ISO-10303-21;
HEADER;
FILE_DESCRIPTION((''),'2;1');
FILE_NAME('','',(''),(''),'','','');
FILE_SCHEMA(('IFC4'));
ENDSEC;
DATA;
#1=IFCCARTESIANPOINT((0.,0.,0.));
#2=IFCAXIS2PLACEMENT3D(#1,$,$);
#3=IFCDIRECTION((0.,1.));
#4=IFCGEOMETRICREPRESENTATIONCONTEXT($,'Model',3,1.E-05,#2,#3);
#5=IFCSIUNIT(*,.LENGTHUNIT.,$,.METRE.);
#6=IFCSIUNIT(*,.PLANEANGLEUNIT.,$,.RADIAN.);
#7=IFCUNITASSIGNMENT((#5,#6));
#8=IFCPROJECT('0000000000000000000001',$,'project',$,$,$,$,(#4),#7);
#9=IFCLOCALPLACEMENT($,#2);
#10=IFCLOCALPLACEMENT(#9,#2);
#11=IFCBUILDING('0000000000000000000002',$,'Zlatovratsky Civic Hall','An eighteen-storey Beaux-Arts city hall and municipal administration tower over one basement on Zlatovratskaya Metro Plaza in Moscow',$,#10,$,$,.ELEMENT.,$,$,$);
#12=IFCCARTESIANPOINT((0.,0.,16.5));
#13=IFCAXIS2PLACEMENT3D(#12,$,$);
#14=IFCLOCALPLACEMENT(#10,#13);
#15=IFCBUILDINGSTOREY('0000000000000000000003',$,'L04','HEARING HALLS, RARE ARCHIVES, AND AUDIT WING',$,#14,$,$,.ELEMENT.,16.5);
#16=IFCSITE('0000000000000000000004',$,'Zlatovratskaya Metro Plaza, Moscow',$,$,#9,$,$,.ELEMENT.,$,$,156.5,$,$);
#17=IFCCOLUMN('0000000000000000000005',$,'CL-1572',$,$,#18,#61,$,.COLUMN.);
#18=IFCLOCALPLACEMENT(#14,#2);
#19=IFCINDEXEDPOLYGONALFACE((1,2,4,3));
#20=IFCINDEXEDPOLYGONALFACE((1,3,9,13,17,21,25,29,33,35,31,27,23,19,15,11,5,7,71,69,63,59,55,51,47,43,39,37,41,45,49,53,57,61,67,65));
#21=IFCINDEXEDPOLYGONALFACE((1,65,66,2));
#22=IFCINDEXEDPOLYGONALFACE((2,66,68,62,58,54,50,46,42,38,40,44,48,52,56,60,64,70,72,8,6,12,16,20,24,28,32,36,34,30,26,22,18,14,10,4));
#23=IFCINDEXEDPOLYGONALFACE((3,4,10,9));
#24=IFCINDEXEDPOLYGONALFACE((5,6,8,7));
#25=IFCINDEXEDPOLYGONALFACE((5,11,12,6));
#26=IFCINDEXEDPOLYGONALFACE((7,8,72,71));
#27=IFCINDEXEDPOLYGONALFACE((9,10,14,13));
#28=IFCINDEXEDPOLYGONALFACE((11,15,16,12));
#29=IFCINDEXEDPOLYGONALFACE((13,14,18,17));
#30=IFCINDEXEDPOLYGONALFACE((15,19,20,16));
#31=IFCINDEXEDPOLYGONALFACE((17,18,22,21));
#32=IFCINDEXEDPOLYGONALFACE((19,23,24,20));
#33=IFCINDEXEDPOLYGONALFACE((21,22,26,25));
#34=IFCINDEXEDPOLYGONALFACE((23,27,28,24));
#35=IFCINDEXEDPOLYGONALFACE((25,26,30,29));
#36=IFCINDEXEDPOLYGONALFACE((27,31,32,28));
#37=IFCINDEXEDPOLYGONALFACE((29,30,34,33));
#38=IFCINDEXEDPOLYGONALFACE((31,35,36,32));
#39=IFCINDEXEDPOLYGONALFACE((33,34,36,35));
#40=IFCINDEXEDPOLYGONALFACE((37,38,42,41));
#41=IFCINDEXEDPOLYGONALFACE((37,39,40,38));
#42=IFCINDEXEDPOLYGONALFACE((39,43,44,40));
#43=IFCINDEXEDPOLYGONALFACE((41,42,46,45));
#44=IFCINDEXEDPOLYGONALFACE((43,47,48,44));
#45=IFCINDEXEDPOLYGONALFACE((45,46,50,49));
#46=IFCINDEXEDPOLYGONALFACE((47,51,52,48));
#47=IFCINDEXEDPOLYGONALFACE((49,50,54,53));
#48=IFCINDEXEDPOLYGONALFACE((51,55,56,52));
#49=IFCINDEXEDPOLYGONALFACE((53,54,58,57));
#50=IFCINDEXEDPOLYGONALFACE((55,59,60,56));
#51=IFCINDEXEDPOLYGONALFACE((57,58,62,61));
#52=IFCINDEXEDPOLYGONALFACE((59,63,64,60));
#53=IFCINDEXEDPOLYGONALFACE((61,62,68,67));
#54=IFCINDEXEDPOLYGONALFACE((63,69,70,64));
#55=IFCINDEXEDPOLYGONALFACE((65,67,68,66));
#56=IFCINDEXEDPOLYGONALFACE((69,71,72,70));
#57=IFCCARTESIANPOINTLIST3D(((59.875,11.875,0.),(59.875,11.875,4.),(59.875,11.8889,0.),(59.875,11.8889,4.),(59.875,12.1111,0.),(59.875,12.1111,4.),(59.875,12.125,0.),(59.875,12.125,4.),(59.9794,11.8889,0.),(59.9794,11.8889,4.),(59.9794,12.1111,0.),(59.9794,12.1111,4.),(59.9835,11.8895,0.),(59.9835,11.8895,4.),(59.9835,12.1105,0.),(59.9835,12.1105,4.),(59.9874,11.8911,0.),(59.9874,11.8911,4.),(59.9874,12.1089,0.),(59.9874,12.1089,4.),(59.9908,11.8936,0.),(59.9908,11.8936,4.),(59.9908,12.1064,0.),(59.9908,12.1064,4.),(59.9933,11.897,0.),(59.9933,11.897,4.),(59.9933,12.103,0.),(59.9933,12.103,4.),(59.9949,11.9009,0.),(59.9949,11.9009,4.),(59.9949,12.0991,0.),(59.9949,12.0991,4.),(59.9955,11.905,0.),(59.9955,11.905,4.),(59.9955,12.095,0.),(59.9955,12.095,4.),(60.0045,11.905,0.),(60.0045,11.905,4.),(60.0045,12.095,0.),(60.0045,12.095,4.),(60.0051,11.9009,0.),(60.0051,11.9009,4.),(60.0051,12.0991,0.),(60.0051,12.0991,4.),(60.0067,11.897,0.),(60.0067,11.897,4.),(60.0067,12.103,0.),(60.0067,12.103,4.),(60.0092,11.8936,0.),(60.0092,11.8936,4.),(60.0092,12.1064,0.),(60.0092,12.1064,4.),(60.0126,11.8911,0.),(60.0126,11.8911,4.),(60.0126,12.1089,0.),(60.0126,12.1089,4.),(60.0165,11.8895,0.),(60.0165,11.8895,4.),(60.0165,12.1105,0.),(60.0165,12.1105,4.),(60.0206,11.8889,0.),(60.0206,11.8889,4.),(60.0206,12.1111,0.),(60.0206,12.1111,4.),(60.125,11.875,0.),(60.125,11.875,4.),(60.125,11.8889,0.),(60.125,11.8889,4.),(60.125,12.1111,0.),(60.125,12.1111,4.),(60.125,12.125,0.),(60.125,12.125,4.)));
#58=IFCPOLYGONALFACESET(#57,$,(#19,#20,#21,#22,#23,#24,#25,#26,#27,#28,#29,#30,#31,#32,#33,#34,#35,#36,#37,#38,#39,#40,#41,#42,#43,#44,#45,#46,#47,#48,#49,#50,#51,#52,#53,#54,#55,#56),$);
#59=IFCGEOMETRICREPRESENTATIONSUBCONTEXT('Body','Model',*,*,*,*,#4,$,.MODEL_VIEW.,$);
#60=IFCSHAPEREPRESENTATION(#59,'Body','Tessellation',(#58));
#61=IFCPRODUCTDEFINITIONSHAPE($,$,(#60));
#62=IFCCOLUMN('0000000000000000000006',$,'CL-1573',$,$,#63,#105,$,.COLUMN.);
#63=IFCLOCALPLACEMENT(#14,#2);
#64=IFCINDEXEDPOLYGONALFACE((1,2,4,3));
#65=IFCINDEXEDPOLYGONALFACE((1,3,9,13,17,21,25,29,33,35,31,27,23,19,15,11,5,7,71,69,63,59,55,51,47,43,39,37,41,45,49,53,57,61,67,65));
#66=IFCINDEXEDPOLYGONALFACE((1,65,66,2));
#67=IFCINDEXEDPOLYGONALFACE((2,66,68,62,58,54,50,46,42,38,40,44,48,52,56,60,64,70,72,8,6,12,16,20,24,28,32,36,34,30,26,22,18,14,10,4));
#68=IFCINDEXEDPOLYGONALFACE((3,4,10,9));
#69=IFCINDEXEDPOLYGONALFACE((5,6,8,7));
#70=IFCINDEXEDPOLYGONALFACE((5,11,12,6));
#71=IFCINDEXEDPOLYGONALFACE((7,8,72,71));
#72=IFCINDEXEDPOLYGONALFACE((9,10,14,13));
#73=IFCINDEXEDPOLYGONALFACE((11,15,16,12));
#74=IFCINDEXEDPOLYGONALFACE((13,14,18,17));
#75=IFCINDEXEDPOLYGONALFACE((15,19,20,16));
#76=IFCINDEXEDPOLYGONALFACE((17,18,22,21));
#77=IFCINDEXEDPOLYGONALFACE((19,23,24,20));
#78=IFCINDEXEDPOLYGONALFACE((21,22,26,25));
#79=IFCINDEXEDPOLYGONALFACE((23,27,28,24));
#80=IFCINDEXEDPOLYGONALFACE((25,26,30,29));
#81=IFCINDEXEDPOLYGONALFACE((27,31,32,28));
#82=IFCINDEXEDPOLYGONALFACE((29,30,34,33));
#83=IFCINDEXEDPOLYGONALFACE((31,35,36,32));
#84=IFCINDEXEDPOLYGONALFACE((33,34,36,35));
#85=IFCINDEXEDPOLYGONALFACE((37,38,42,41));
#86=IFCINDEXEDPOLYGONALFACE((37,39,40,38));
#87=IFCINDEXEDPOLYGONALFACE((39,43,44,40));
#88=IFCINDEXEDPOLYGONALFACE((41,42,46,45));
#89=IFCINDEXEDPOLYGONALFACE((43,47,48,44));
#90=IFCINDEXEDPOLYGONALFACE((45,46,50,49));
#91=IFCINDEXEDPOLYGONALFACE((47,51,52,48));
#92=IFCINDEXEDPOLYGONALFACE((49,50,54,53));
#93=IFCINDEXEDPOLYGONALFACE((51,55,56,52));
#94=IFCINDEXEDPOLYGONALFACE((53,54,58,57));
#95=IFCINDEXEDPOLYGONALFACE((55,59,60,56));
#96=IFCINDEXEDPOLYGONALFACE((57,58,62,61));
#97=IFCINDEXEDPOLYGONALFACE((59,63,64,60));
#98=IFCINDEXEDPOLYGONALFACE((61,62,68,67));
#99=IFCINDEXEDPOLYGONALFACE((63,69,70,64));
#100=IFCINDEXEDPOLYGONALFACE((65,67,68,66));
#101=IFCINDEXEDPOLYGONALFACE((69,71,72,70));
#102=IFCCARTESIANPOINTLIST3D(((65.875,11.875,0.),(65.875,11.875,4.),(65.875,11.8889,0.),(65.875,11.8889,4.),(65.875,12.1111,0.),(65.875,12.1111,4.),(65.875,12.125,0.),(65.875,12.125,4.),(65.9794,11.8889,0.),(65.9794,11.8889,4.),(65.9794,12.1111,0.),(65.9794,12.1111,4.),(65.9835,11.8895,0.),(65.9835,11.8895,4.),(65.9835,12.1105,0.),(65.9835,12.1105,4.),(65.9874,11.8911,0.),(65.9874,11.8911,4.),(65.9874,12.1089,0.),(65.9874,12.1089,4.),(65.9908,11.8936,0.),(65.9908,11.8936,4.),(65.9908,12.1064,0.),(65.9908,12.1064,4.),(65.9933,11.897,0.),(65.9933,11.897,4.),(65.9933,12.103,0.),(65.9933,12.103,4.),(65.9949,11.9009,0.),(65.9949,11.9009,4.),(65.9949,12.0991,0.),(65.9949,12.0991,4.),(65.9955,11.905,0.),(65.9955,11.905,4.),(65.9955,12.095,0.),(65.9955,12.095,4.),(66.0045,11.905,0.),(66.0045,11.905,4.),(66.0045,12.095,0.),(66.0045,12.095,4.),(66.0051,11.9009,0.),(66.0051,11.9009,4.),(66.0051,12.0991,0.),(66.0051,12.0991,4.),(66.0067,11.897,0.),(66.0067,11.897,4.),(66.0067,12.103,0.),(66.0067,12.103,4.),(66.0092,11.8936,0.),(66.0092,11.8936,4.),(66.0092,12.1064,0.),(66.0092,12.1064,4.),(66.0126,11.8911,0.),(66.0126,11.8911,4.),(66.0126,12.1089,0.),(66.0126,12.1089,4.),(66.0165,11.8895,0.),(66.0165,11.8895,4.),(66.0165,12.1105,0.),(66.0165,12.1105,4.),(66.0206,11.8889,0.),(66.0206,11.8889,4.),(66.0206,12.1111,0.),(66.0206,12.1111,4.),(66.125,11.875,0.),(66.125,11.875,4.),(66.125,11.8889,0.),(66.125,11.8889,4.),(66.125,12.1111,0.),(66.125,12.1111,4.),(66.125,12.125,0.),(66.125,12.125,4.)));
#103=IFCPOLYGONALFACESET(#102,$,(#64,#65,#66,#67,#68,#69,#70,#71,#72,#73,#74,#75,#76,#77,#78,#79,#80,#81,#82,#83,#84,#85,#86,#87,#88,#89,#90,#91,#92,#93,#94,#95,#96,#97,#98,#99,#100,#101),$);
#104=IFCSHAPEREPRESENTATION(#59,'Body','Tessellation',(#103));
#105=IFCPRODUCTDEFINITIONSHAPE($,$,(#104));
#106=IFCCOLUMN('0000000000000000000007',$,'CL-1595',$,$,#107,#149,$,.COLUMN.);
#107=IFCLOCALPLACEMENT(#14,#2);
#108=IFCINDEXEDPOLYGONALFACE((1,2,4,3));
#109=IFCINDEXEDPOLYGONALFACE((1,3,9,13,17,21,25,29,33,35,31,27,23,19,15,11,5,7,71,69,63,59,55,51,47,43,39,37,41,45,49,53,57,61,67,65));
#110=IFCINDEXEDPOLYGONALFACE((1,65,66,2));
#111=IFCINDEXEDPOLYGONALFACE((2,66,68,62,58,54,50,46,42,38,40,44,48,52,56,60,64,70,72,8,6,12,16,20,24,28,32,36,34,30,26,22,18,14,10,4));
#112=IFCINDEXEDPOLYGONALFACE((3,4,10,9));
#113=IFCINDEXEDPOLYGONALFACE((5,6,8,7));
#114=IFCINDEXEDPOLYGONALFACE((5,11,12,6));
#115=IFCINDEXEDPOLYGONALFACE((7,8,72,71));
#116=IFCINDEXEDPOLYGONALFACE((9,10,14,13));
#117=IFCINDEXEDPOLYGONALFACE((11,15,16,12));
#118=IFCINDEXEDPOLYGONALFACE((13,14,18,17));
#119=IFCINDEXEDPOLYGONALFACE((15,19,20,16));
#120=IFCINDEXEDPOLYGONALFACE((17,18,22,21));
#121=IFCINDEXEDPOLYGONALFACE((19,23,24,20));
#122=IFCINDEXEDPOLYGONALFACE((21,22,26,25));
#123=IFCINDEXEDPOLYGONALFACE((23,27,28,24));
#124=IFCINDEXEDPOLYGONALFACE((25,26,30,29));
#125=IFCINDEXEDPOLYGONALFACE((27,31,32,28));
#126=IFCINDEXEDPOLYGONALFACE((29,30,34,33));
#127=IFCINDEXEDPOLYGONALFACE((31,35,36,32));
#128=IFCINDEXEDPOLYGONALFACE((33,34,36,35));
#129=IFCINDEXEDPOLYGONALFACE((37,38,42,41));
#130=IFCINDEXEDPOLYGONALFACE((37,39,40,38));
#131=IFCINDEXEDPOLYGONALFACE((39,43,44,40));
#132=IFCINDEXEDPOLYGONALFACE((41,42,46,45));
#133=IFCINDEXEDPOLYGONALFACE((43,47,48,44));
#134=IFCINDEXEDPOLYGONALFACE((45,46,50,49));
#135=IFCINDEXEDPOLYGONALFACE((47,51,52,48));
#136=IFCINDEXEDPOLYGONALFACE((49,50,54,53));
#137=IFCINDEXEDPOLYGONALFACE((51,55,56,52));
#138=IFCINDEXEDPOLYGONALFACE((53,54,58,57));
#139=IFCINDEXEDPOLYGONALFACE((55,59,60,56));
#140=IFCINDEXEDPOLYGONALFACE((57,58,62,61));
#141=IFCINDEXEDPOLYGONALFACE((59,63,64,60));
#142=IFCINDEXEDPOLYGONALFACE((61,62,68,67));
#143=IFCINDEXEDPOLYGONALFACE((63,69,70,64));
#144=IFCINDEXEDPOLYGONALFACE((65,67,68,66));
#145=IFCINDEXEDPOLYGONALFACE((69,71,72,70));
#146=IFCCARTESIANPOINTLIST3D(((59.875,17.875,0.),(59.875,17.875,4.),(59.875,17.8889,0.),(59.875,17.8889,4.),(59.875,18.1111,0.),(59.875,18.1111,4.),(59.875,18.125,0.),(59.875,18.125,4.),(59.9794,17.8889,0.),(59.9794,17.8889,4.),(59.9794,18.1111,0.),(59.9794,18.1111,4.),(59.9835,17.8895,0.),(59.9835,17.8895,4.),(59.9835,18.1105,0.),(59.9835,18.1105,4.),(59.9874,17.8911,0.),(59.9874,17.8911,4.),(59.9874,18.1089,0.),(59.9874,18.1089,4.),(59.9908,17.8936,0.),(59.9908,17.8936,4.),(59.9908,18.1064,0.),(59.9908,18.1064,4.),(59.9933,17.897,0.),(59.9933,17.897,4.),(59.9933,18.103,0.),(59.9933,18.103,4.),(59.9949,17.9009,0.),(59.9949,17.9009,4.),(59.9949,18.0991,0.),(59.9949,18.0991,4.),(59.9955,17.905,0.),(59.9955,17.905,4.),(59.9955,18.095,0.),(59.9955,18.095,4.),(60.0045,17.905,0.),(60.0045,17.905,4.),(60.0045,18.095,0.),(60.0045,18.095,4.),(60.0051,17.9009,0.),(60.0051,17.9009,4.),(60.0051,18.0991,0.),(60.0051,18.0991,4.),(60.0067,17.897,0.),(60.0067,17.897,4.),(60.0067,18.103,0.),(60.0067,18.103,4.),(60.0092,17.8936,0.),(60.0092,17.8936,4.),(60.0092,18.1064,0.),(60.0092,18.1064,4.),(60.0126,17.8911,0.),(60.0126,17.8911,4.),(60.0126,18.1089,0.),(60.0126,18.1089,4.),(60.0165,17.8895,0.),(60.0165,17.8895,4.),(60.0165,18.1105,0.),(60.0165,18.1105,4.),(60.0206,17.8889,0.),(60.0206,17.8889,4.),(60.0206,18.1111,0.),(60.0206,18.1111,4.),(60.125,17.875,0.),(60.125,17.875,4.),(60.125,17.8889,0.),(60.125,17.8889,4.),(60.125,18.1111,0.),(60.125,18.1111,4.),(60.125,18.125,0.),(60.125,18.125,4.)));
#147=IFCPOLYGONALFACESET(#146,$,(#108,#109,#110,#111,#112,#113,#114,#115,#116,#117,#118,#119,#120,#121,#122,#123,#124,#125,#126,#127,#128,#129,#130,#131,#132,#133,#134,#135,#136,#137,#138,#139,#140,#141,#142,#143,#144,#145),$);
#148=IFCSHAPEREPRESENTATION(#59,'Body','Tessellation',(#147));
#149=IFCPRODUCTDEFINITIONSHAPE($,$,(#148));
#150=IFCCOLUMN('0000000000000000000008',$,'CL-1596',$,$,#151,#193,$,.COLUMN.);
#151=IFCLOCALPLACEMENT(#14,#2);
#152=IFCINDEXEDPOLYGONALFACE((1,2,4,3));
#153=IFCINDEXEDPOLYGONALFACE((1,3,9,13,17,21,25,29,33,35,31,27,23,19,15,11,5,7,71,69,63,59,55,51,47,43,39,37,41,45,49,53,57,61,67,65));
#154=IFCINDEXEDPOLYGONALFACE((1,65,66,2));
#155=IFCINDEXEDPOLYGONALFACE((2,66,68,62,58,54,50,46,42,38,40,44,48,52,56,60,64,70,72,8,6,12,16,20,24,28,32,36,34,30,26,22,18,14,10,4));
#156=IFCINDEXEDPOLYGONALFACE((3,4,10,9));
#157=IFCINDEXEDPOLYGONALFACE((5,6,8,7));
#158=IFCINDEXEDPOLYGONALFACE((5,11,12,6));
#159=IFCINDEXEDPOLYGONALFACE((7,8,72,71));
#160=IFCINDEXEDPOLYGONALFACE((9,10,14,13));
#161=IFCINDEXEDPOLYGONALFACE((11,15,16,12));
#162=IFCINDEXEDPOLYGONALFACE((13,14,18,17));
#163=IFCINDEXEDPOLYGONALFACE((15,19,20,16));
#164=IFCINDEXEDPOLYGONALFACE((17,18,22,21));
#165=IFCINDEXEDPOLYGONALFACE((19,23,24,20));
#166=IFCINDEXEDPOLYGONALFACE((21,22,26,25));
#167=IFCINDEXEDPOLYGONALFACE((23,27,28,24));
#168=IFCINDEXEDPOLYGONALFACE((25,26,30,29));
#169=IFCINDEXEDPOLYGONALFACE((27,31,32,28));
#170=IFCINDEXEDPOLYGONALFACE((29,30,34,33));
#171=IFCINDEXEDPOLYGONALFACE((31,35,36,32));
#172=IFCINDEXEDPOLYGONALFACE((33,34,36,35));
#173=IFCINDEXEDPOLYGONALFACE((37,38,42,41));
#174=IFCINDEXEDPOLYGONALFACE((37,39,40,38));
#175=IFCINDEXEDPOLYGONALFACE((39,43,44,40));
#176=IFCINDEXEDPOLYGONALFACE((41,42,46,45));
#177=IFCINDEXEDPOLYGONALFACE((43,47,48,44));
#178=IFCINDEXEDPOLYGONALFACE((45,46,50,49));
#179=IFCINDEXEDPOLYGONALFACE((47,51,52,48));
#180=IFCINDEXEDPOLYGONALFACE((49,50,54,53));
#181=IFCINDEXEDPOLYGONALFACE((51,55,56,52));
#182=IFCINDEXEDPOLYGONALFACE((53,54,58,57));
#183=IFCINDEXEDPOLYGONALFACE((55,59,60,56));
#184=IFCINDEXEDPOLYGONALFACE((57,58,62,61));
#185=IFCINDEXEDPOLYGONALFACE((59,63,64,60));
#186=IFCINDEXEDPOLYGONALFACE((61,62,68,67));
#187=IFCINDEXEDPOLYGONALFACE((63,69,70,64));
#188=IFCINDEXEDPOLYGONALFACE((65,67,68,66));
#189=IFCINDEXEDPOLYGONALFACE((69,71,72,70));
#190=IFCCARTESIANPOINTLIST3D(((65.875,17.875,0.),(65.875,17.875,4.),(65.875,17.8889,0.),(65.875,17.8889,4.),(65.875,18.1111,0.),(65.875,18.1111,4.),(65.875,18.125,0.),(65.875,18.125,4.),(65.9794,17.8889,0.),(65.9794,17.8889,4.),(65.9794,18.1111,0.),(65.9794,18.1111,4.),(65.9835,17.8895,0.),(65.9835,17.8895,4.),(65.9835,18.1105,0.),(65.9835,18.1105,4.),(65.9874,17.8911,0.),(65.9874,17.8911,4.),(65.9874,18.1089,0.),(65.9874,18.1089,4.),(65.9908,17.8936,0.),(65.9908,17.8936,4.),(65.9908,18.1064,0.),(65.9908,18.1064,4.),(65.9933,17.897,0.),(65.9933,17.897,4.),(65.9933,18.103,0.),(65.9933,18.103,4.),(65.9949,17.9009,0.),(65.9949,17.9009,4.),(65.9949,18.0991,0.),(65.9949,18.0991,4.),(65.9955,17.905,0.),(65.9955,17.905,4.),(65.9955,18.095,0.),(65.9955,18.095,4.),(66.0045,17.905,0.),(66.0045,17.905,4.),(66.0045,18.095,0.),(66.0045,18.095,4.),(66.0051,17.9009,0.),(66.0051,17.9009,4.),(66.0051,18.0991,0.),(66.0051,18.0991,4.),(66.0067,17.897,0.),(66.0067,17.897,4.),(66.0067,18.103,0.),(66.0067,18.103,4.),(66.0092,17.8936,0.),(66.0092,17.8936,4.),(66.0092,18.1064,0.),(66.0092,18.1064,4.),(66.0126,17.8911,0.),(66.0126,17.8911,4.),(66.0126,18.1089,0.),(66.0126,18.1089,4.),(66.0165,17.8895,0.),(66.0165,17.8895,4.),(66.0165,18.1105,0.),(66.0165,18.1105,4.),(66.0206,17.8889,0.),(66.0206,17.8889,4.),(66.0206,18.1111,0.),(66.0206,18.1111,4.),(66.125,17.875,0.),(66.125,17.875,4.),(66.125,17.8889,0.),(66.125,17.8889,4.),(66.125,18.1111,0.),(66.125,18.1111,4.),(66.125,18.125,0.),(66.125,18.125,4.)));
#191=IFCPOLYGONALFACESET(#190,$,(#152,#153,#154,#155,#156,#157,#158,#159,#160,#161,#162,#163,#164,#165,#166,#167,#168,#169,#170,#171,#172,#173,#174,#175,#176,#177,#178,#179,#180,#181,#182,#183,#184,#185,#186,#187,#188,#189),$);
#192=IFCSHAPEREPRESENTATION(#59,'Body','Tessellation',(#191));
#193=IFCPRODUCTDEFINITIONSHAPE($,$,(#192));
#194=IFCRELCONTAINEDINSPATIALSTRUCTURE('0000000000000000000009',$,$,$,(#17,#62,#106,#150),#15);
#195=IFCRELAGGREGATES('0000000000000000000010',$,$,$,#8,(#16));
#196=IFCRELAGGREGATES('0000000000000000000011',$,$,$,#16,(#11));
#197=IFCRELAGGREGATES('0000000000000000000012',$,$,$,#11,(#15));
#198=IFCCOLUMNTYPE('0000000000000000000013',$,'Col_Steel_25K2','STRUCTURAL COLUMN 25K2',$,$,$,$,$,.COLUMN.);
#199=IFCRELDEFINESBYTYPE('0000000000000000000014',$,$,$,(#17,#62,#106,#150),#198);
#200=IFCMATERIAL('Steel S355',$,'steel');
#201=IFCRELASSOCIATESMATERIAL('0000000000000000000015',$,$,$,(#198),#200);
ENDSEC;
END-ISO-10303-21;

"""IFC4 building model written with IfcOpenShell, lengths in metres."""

from ifc_helpers import new_model, si_unit, direction, frame, origin, origin_2d, place, context, subcontext, project, spatial, i_section, extrude, material, material_profile, profile_set, type_object, element, save


model = new_model("IFC4")

# Units and contexts
model_context = context("Model", 3, precision=1e-05, world=origin(), true_north=direction((0.0, 1.0)))
body_context = subcontext(model_context, "Body", "Model", "MODEL_VIEW")
ifc_project = project(units=[si_unit("LENGTHUNIT", "METRE"), si_unit("PLANEANGLEUNIT", "RADIAN")], contexts=[model_context])

# Site, building, storey
site_placement = place(None, origin())
site = spatial("IfcSite", under=ifc_project, at=site_placement, Name="Zlatovratskaya Metro Plaza, Moscow", CompositionType="ELEMENT", RefElevation=156.5)
building_placement = place(site_placement, origin())
building = spatial("IfcBuilding", under=site, at=building_placement, Name="Zlatovratsky Civic Hall", Description="An eighteen-storey Beaux-Arts city hall and municipal administration tower over one basement on Zlatovratskaya Metro Plaza in Moscow", CompositionType="ELEMENT")
storey_placement = place(building_placement, frame((0.0, 0.0, 16.5)))
storey = spatial("IfcBuildingStorey", under=building, at=storey_placement, Name="L04", Description="HEARING HALLS, RARE ARCHIVES, AND AUDIT WING", CompositionType="ELEMENT", Elevation=16.5)

# Columns
ifc_material_1 = material(Name="Steel S355", Category="steel")
ifc_material_profile_1 = material_profile(ifc_material_1, i_section(OverallWidth=0.25, OverallDepth=0.25, WebThickness=0.009, FlangeThickness=0.0139, FilletRadius=0.0161, at=origin_2d()), Name="25K2")
ifc_profile_set_1 = profile_set([ifc_material_profile_1], Name="Steel S355")
column_type = type_object("IfcColumnType", Name="Col_Steel_25K2", Description="STRUCTURAL COLUMN 25K2", PredefinedType="COLUMN", material=ifc_profile_set_1)
for number, where, z_axis, x_axis, name in (
    (1, (60.0, 12.0, 0.0), (0.0, 0.0, 1.0), (1.0, 0.0, 0.0), "CL-1572"),
    (2, (66.0, 12.0, 0.0), (0.0, 0.0, 1.0), (1.0, 0.0, 0.0), "CL-1573"),
    (3, (60.0, 18.0, 0.0), (0.0, 0.0, 1.0), (1.0, 0.0, 0.0), "CL-1595"),
    (4, (66.0, 18.0, 0.0), (0.0, 0.0, 1.0), (1.0, 0.0, 0.0), "CL-1596"),
):
    element("IfcColumn", number, at=place(storey_placement, frame(where, z_axis=z_axis, x_axis=x_axis)), inside=storey, type_object=column_type, Name=name, PredefinedType="COLUMN", context=body_context, shape_type="SweptSolid", body=[
        extrude(i_section(OverallWidth=0.25, OverallDepth=0.25, WebThickness=0.009, FlangeThickness=0.0139, FilletRadius=0.0161, at=origin_2d()), origin(), (0.0, 0.0, 1.0), 4.0),
    ])

save(model, "model.ifc")
